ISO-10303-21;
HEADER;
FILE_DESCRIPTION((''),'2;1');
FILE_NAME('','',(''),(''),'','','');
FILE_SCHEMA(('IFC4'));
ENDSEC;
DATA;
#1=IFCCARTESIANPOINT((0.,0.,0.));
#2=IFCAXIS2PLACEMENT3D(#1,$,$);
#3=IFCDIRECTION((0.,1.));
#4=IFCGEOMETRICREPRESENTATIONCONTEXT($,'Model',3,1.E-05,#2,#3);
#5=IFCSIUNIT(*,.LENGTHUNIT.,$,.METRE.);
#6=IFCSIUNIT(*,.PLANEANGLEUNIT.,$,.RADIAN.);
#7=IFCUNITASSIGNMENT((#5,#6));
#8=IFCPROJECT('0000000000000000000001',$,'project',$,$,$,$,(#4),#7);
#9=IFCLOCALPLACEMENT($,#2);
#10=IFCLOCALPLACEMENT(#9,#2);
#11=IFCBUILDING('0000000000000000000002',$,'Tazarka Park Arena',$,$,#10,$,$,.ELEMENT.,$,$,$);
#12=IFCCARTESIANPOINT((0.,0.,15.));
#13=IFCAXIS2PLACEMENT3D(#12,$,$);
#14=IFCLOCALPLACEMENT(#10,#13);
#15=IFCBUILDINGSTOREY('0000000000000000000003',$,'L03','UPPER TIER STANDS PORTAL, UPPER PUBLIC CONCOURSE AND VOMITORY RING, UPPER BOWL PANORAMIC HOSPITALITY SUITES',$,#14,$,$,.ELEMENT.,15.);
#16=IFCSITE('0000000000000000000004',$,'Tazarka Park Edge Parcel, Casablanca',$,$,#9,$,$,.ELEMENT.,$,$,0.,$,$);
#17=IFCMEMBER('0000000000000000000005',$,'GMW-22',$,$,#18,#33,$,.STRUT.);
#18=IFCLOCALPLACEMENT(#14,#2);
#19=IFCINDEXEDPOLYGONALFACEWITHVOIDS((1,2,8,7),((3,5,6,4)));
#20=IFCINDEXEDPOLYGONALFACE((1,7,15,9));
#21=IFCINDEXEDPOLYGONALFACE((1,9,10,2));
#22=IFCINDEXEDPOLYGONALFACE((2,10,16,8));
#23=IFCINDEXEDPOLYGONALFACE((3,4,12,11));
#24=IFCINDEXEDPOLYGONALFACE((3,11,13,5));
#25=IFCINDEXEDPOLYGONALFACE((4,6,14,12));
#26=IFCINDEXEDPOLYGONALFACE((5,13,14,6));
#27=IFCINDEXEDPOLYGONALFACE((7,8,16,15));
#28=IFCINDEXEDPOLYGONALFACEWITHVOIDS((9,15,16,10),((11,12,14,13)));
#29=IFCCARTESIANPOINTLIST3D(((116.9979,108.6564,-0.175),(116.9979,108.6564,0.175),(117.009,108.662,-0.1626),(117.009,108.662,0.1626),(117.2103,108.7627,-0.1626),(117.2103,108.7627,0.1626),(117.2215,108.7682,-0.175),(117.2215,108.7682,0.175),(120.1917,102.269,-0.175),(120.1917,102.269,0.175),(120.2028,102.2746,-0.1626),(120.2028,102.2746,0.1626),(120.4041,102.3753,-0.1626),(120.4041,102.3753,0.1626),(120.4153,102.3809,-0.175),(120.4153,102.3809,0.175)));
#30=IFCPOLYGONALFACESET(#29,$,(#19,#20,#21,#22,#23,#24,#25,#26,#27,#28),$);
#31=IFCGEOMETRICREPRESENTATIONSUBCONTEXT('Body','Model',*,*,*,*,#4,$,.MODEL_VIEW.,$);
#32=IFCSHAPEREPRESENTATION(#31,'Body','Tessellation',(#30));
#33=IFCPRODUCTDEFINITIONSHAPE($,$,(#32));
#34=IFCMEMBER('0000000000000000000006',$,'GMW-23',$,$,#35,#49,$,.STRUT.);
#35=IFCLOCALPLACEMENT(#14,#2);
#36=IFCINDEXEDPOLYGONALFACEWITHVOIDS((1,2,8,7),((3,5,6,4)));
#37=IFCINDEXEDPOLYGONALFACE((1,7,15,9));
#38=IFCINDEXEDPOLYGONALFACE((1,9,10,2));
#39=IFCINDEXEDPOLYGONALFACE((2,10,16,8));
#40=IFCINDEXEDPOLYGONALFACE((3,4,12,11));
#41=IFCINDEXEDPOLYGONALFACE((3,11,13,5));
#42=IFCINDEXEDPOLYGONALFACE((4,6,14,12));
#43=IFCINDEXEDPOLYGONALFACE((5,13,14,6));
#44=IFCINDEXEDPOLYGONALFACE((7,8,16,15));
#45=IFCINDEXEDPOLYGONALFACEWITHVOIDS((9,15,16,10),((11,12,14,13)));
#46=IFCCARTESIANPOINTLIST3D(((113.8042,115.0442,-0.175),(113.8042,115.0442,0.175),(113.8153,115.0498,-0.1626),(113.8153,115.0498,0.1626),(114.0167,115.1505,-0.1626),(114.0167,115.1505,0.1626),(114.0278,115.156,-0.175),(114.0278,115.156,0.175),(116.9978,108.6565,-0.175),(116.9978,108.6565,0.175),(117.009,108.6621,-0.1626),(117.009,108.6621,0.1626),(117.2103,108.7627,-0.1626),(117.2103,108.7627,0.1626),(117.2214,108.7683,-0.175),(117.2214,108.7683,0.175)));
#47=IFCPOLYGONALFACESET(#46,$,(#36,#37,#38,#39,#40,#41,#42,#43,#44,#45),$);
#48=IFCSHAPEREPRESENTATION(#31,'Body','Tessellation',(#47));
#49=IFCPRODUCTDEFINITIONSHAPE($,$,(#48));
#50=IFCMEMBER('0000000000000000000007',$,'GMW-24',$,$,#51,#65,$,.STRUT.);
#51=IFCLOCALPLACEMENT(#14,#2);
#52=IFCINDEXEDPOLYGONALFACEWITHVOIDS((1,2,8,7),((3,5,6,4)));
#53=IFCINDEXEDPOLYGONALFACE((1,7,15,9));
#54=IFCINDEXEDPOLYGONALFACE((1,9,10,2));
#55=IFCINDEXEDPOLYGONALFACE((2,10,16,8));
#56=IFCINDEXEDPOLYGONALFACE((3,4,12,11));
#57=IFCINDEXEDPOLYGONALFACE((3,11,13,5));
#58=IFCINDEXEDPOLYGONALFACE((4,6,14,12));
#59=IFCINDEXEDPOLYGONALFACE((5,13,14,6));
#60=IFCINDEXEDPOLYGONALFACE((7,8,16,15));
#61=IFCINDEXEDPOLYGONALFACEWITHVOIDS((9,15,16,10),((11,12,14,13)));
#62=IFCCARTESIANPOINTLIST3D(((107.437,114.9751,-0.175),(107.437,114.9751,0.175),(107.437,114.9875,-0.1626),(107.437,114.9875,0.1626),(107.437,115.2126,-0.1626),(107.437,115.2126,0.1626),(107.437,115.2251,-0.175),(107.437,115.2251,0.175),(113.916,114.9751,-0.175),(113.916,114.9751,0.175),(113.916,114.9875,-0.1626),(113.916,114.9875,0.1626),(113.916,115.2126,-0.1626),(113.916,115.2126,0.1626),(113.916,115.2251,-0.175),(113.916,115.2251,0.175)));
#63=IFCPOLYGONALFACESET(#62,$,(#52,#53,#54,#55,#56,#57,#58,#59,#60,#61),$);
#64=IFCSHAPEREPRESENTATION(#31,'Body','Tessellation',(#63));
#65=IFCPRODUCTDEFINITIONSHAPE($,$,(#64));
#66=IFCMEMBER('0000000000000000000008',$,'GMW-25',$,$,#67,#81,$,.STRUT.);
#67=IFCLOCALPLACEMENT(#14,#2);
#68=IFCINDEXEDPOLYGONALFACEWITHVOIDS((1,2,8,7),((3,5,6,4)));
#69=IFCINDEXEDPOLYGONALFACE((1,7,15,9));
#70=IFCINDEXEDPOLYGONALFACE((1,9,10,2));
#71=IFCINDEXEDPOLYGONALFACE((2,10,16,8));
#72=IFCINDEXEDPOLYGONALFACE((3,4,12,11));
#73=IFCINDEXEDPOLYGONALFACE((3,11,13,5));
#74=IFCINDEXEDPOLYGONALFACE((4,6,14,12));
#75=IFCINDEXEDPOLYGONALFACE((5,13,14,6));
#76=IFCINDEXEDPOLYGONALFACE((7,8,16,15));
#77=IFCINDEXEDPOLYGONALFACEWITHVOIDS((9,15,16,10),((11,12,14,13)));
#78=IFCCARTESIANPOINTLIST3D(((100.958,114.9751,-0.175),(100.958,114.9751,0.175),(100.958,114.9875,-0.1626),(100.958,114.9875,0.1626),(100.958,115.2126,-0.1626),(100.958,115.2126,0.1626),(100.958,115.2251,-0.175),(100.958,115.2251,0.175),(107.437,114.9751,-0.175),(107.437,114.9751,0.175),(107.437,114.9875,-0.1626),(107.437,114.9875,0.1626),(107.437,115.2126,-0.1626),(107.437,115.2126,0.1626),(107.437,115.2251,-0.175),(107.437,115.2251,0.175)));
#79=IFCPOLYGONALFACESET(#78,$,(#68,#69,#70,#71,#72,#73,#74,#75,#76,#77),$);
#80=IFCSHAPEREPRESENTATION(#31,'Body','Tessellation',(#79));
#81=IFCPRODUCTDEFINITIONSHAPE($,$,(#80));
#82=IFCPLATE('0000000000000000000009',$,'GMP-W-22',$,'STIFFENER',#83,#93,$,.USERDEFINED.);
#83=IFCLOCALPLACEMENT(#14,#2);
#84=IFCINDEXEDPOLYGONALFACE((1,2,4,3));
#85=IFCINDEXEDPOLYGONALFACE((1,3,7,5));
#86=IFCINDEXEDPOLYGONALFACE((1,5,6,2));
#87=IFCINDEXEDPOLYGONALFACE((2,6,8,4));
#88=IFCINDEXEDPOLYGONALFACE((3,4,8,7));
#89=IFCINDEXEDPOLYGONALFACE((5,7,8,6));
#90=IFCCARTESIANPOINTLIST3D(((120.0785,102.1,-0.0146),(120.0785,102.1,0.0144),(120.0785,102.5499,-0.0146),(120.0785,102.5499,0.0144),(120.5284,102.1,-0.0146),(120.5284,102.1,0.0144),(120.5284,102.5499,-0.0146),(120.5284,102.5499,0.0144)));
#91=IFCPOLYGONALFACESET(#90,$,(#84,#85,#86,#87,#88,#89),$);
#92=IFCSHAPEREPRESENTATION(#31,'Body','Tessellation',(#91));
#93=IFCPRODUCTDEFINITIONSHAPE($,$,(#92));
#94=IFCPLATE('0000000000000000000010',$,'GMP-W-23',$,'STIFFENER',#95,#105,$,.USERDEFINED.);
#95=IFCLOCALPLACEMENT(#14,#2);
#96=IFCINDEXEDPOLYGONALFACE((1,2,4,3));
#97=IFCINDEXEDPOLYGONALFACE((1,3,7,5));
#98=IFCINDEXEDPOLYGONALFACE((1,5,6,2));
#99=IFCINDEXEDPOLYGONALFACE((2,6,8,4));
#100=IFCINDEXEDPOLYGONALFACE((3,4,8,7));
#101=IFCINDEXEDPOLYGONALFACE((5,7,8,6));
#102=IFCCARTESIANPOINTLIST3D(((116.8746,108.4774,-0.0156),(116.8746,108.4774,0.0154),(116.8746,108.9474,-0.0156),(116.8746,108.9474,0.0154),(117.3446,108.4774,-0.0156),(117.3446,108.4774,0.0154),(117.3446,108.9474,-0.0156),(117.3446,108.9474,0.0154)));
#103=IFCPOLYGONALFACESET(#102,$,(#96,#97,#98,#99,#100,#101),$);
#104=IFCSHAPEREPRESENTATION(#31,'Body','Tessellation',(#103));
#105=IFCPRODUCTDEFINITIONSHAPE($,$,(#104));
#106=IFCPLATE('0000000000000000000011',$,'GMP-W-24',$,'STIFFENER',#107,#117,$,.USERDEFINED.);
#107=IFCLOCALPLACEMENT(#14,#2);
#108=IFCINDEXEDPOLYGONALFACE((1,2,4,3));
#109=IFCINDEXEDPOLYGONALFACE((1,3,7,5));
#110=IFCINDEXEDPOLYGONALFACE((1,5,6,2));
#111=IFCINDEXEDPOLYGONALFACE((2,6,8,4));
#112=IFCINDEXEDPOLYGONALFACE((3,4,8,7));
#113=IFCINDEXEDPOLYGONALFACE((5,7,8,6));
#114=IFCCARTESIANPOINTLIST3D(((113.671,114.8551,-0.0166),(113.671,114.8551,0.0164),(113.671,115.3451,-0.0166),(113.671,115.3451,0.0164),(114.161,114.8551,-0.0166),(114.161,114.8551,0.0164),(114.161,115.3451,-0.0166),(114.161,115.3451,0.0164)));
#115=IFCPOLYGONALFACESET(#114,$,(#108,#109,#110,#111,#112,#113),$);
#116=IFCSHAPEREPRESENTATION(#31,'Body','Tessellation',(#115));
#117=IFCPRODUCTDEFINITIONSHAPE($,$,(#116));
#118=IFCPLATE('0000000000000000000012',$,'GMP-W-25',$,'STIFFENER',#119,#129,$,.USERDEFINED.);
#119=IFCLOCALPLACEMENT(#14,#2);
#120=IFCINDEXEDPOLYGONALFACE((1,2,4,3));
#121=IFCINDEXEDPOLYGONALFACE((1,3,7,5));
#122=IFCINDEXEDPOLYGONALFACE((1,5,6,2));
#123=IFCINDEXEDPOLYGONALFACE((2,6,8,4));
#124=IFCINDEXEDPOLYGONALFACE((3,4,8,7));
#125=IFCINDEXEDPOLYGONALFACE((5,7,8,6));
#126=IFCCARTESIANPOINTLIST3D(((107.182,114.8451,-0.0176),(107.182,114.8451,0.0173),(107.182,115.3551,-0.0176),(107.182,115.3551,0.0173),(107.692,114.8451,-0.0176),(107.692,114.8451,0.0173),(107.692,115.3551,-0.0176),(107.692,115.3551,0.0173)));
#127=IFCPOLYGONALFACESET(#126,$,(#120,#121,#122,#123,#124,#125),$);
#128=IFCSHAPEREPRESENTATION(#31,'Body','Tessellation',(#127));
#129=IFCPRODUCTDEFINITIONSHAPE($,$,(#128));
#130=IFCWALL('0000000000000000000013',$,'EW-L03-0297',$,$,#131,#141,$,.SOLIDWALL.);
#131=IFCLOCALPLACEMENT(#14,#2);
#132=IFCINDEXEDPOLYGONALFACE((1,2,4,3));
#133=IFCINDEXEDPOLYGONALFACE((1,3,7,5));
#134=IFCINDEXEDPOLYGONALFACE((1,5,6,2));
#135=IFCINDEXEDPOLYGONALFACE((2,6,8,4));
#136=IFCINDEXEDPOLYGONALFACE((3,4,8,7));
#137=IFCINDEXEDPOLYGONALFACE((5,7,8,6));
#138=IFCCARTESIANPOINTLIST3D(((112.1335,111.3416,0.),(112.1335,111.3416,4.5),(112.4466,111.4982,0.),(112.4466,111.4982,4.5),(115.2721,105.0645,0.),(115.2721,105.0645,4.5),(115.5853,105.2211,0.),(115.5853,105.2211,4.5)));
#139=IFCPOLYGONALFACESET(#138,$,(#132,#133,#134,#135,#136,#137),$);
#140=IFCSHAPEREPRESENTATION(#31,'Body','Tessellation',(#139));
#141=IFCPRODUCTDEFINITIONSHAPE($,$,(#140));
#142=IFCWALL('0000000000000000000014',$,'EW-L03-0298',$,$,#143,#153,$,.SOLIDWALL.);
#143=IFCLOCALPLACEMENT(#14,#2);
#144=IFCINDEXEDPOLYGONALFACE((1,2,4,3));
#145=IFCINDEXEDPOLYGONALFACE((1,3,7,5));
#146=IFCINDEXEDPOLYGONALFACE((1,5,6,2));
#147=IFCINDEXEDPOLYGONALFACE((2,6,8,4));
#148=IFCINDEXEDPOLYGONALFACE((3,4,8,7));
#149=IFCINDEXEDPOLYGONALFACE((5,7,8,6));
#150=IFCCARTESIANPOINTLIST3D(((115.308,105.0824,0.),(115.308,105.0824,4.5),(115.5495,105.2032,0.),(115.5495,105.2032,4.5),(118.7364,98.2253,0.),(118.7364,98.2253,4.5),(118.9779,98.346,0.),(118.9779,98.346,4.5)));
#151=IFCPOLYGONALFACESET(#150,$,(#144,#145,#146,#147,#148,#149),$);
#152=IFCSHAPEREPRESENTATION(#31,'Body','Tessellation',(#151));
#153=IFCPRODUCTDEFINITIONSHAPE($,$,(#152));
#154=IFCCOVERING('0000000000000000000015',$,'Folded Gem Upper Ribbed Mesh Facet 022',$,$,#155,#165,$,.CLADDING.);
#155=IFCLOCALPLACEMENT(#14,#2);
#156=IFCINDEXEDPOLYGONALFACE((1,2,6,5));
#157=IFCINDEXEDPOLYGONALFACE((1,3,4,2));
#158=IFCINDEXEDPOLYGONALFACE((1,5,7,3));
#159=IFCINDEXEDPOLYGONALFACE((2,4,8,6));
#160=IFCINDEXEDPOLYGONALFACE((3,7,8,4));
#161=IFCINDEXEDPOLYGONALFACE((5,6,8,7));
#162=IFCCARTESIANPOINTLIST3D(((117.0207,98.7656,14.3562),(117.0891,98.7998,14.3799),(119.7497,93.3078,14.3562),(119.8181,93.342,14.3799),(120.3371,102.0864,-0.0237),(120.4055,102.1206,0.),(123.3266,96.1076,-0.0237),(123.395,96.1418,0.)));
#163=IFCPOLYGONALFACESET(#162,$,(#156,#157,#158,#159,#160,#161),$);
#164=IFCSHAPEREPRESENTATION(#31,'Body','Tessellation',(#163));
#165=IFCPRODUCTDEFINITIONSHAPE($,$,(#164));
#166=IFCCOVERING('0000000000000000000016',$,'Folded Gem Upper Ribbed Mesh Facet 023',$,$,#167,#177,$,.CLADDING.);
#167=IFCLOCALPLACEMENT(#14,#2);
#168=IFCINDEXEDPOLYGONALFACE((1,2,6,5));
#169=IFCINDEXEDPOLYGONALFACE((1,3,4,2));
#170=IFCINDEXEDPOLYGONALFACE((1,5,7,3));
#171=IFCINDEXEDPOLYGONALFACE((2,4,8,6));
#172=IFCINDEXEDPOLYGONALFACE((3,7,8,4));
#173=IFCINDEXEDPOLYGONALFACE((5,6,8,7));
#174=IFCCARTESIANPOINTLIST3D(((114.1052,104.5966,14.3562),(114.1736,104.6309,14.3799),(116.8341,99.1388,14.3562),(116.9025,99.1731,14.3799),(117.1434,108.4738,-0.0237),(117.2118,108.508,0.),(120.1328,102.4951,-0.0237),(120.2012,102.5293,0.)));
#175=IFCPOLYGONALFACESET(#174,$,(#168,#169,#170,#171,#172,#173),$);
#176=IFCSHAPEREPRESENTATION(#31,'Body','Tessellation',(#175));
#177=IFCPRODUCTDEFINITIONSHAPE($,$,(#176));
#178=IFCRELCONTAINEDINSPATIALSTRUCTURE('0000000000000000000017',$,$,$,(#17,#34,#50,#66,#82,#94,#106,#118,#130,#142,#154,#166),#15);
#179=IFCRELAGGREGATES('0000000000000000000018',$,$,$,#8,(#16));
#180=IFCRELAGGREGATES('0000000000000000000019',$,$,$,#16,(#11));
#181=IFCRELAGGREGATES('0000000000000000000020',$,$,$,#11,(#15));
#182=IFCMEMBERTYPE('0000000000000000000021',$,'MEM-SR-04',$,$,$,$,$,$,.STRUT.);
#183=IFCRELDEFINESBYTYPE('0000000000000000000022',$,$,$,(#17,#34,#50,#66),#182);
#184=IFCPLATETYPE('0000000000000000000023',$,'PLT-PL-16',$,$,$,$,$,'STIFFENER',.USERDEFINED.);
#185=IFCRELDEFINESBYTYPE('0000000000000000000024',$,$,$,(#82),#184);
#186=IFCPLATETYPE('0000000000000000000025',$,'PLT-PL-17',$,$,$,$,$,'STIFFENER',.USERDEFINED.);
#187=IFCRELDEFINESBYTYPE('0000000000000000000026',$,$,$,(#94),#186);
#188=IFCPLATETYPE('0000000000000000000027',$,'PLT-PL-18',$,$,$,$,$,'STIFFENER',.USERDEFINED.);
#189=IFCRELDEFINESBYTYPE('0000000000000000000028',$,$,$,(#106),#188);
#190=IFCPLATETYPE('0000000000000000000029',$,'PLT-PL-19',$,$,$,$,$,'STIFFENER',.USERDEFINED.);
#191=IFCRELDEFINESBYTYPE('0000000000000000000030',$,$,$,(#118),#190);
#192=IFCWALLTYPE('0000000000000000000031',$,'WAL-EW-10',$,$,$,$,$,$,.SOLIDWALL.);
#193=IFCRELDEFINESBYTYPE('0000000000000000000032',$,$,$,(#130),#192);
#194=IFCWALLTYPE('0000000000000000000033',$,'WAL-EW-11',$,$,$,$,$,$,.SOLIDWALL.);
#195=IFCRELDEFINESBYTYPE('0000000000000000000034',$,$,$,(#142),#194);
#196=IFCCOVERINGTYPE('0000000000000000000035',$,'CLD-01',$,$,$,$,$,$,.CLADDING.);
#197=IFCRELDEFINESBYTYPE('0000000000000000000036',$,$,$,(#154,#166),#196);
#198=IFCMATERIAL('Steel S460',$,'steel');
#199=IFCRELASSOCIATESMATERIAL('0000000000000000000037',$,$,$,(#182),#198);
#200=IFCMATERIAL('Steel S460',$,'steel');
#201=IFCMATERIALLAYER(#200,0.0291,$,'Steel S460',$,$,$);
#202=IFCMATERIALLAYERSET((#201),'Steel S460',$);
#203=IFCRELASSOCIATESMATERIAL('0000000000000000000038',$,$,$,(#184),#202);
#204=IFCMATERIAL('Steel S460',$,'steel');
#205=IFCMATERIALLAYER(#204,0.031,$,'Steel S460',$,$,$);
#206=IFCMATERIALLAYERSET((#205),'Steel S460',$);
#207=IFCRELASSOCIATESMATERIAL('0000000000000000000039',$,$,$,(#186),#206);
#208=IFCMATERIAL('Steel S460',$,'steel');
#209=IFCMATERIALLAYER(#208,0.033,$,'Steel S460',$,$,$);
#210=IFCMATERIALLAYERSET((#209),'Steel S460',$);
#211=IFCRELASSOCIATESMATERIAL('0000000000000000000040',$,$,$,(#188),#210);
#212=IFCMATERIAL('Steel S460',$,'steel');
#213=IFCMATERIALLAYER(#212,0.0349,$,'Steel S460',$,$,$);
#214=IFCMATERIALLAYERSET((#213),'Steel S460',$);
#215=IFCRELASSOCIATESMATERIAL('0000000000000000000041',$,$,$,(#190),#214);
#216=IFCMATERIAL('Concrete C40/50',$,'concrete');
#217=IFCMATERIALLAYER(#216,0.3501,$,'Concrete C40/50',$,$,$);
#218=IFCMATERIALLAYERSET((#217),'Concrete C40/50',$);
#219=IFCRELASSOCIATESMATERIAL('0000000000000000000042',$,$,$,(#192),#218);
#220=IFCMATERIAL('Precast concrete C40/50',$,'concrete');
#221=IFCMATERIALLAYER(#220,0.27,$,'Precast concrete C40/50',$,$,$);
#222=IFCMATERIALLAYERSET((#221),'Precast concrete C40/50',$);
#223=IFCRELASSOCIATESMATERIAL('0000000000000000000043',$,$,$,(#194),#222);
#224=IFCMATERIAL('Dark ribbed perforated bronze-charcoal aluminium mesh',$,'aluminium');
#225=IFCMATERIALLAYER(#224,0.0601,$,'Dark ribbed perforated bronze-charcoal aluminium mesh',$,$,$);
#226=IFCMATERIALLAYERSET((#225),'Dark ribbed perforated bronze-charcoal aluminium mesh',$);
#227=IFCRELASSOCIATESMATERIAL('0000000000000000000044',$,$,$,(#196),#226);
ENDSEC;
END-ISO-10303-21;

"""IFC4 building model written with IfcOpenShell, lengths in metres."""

from ifc_helpers import new_model, si_unit, direction, frame, frame_2d, origin, origin_2d, place, context, subcontext, project, spatial, polyline, rectangle, hollow_rectangle, outline, extrude, material, layer, layer_set, material_profile, profile_set, type_object, element, save


model = new_model("IFC4")

# Units and contexts
model_context = context("Model", 3, precision=1e-05, world=origin(), true_north=direction((0.0, 1.0)))
body_context = subcontext(model_context, "Body", "Model", "MODEL_VIEW")
ifc_project = project(units=[si_unit("LENGTHUNIT", "METRE"), si_unit("PLANEANGLEUNIT", "RADIAN")], contexts=[model_context])

# Site, building, storey
site_placement = place(None, origin())
site = spatial("IfcSite", under=ifc_project, at=site_placement, Name="Tazarka Park Edge Parcel, Casablanca", CompositionType="ELEMENT", RefElevation=0.0)
building_placement = place(site_placement, origin())
building = spatial("IfcBuilding", under=site, at=building_placement, Name="Tazarka Park Arena", CompositionType="ELEMENT")
storey_placement = place(building_placement, frame((0.0, 0.0, 15.0)))
storey = spatial("IfcBuildingStorey", under=building, at=storey_placement, Name="L03", Description="UPPER TIER STANDS PORTAL, UPPER PUBLIC CONCOURSE AND VOMITORY RING, UPPER BOWL PANORAMIC HOSPITALITY SUITES", CompositionType="ELEMENT", Elevation=15.0)

# Members
ifc_material_1 = material(Name="Steel S460", Category="steel")
ifc_material_profile_1 = material_profile(ifc_material_1, hollow_rectangle(XDim=0.25, YDim=0.3501, WallThickness=0.0125, at=origin_2d()), Name="Steel S460")
ifc_profile_set_1 = profile_set([ifc_material_profile_1], Name="Steel S460")
member_type_1 = type_object("IfcMemberType", Name="MEM-SR-04", PredefinedType="STRUT", material=ifc_profile_set_1)
member_1_placement = place(storey_placement, frame((120.3035, 102.325, 0.0), z_axis=(-0.447227, 0.89442, 0.0), x_axis=(-0.89442, -0.447227, 0.0)))
element("IfcMember", 1, at=member_1_placement, inside=storey, type_object=member_type_1, Name="GMW-22", PredefinedType="STRUT", context=body_context, shape_type="SweptSolid", body=[
    extrude(hollow_rectangle(XDim=0.25, YDim=0.3501, WallThickness=0.0125, at=origin_2d()), origin(), (0.0, 0.0, 1.0), 7.1414),
])
member_2_placement = place(storey_placement, frame((117.1096, 108.7124, 0.0), z_axis=(-0.447186, 0.894441, 0.0), x_axis=(-0.894441, -0.447186, 0.0)))
element("IfcMember", 2, at=member_2_placement, inside=storey, type_object=member_type_1, Name="GMW-23", PredefinedType="STRUT", context=body_context, shape_type="SweptSolid", body=[
    extrude(hollow_rectangle(XDim=0.25, YDim=0.3501, WallThickness=0.0125, at=origin_2d()), origin(), (0.0, 0.0, 1.0), 7.1416),
])
for number, where, z_axis, x_axis, name in (
    (3, (113.916, 115.1001, 0.0), (-1.0, 0.0, 0.0), (0.0, -1.0, 0.0), "GMW-24"),
    (4, (107.437, 115.1001, 0.0), (-1.0, 0.0, 0.0), (0.0, -1.0, 0.0), "GMW-25"),
):
    element("IfcMember", number, at=place(storey_placement, frame(where, z_axis=z_axis, x_axis=x_axis)), inside=storey, type_object=member_type_1, Name=name, PredefinedType="STRUT", context=body_context, shape_type="SweptSolid", body=[
        extrude(hollow_rectangle(XDim=0.25, YDim=0.3501, WallThickness=0.0125, at=origin_2d()), origin(), (0.0, 0.0, 1.0), 6.479),
    ])

# Plates
ifc_material_2 = material(Name="Steel S460", Category="steel")
ifc_layer_1 = layer(ifc_material_2, 0.0291, Name="Steel S460")
ifc_layer_set_1 = layer_set([ifc_layer_1], Name="Steel S460")
plate_type_1 = type_object("IfcPlateType", Name="PLT-PL-16", ElementType="STIFFENER", PredefinedType="USERDEFINED", material=ifc_layer_set_1)
plate_1_placement = place(storey_placement, frame((120.3035, 102.325, -0.0146), z_axis=(0.0, 0.0, 1.0), x_axis=(1.0, 0.0, 0.0)))
element("IfcPlate", 5, at=plate_1_placement, inside=storey, type_object=plate_type_1, Name="GMP-W-22", ObjectType="STIFFENER", PredefinedType="USERDEFINED", context=body_context, shape_type="SweptSolid", body=[
    extrude(rectangle(XDim=0.45, YDim=0.45, at=origin_2d()), origin(), (0.0, 0.0, 1.0), 0.0291),
])
ifc_material_3 = material(Name="Steel S460", Category="steel")
ifc_layer_2 = layer(ifc_material_3, 0.031, Name="Steel S460")
ifc_layer_set_2 = layer_set([ifc_layer_2], Name="Steel S460")
plate_type_2 = type_object("IfcPlateType", Name="PLT-PL-17", ElementType="STIFFENER", PredefinedType="USERDEFINED", material=ifc_layer_set_2)
plate_2_placement = place(storey_placement, frame((117.1096, 108.7124, -0.0156), z_axis=(0.0, 0.0, 1.0), x_axis=(1.0, 0.0, 0.0)))
element("IfcPlate", 6, at=plate_2_placement, inside=storey, type_object=plate_type_2, Name="GMP-W-23", ObjectType="STIFFENER", PredefinedType="USERDEFINED", context=body_context, shape_type="SweptSolid", body=[
    extrude(rectangle(XDim=0.47, YDim=0.47, at=origin_2d()), origin(), (0.0, 0.0, 1.0), 0.031),
])
ifc_material_4 = material(Name="Steel S460", Category="steel")
ifc_layer_3 = layer(ifc_material_4, 0.033, Name="Steel S460")
ifc_layer_set_3 = layer_set([ifc_layer_3], Name="Steel S460")
plate_type_3 = type_object("IfcPlateType", Name="PLT-PL-18", ElementType="STIFFENER", PredefinedType="USERDEFINED", material=ifc_layer_set_3)
plate_3_placement = place(storey_placement, frame((113.916, 115.1001, -0.0166), z_axis=(0.0, 0.0, 1.0), x_axis=(1.0, 0.0, 0.0)))
element("IfcPlate", 7, at=plate_3_placement, inside=storey, type_object=plate_type_3, Name="GMP-W-24", ObjectType="STIFFENER", PredefinedType="USERDEFINED", context=body_context, shape_type="SweptSolid", body=[
    extrude(rectangle(XDim=0.49, YDim=0.49, at=origin_2d()), origin(), (0.0, 0.0, 1.0), 0.033),
])
ifc_material_5 = material(Name="Steel S460", Category="steel")
ifc_layer_4 = layer(ifc_material_5, 0.0349, Name="Steel S460")
ifc_layer_set_4 = layer_set([ifc_layer_4], Name="Steel S460")
plate_type_4 = type_object("IfcPlateType", Name="PLT-PL-19", ElementType="STIFFENER", PredefinedType="USERDEFINED", material=ifc_layer_set_4)
plate_4_placement = place(storey_placement, frame((107.437, 115.1001, -0.0176), z_axis=(0.0, 0.0, 1.0), x_axis=(1.0, 0.0, 0.0)))
element("IfcPlate", 8, at=plate_4_placement, inside=storey, type_object=plate_type_4, Name="GMP-W-25", ObjectType="STIFFENER", PredefinedType="USERDEFINED", context=body_context, shape_type="SweptSolid", body=[
    extrude(rectangle(XDim=0.51, YDim=0.51, at=origin_2d()), origin(), (0.0, 0.0, 1.0), 0.0349),
])

# Walls
ifc_material_6 = material(Name="Concrete C40/50", Category="concrete")
ifc_layer_5 = layer(ifc_material_6, 0.3501, Name="Concrete C40/50")
ifc_layer_set_5 = layer_set([ifc_layer_5], Name="Concrete C40/50")
wall_type_1 = type_object("IfcWallType", Name="WAL-EW-10", PredefinedType="SOLIDWALL", material=ifc_layer_set_5)
wall_1_placement = place(storey_placement, frame((112.29, 111.4199, 0.0), z_axis=(0.0, 0.0, 1.0), x_axis=(0.447228, -0.89442, 0.0)))
element("IfcWall", 9, at=wall_1_placement, inside=storey, type_object=wall_type_1, Name="EW-L03-0297", PredefinedType="SOLIDWALL", context=body_context, shape_type="SweptSolid", body=[
    extrude(rectangle(XDim=7.0181, YDim=0.3501, at=frame_2d((3.509, 0.0))), origin(), (0.0, 0.0, 1.0), 4.5),
])
ifc_material_7 = material(Name="Precast concrete C40/50", Category="concrete")
ifc_layer_6 = layer(ifc_material_7, 0.27, Name="Precast concrete C40/50")
ifc_layer_set_6 = layer_set([ifc_layer_6], Name="Precast concrete C40/50")
wall_type_2 = type_object("IfcWallType", Name="WAL-EW-11", PredefinedType="SOLIDWALL", material=ifc_layer_set_6)
wall_2_placement = place(storey_placement, frame((115.4287, 105.1428, 0.0), z_axis=(0.0, 0.0, 1.0), x_axis=(0.447201, -0.894434, 0.0)))
element("IfcWall", 10, at=wall_2_placement, inside=storey, type_object=wall_type_2, Name="EW-L03-0298", PredefinedType="SOLIDWALL", context=body_context, shape_type="SweptSolid", body=[
    extrude(rectangle(XDim=7.6665, YDim=0.27, at=frame_2d((3.8333, 0.0))), origin(), (0.0, 0.0, 1.0), 4.5),
])

# Coverings
ifc_material_8 = material(Name="Dark ribbed perforated bronze-charcoal aluminium mesh", Category="aluminium")
ifc_layer_7 = layer(ifc_material_8, 0.0601, Name="Dark ribbed perforated bronze-charcoal aluminium mesh")
ifc_layer_set_7 = layer_set([ifc_layer_7], Name="Dark ribbed perforated bronze-charcoal aluminium mesh")
covering_type = type_object("IfcCoveringType", Name="CLD-01", PredefinedType="CLADDING", material=ifc_layer_set_7)
covering_1_placement = place(storey_placement, frame((123.395, 96.1418, 0.0), z_axis=(0.854418, 0.427227, 0.295714), x_axis=(-0.447229, 0.89442, 0.0)))
element("IfcCovering", 11, at=covering_1_placement, inside=storey, type_object=covering_type, Name="Folded Gem Upper Ribbed Mesh Facet 022", PredefinedType="CLADDING", context=body_context, shape_type="SweptSolid", body=[
    extrude(outline(polyline([(0.0, 0.0), (6.6845, 0.0), (5.1975, 15.0531), (-0.9045, 15.0531), (0.0, 0.0)])), origin(), (0.0, 0.0, -1.0), 0.0801),
])
covering_2_placement = place(storey_placement, frame((120.2012, 102.5293, 0.0), z_axis=(0.854426, 0.427213, 0.295713), x_axis=(-0.447212, 0.894428, -0.000005)))
element("IfcCovering", 12, at=covering_2_placement, inside=storey, type_object=covering_type, Name="Folded Gem Upper Ribbed Mesh Facet 023", PredefinedType="CLADDING", context=body_context, shape_type="SweptSolid", body=[
    extrude(outline(polyline([(0.0, 0.0), (6.6844, 0.0), (4.5752, 15.0531), (-1.5268, 15.0531), (0.0, 0.0)])), origin(), (0.0, 0.0, -1.0), 0.0801),
])

save(model, "model.ifc")
